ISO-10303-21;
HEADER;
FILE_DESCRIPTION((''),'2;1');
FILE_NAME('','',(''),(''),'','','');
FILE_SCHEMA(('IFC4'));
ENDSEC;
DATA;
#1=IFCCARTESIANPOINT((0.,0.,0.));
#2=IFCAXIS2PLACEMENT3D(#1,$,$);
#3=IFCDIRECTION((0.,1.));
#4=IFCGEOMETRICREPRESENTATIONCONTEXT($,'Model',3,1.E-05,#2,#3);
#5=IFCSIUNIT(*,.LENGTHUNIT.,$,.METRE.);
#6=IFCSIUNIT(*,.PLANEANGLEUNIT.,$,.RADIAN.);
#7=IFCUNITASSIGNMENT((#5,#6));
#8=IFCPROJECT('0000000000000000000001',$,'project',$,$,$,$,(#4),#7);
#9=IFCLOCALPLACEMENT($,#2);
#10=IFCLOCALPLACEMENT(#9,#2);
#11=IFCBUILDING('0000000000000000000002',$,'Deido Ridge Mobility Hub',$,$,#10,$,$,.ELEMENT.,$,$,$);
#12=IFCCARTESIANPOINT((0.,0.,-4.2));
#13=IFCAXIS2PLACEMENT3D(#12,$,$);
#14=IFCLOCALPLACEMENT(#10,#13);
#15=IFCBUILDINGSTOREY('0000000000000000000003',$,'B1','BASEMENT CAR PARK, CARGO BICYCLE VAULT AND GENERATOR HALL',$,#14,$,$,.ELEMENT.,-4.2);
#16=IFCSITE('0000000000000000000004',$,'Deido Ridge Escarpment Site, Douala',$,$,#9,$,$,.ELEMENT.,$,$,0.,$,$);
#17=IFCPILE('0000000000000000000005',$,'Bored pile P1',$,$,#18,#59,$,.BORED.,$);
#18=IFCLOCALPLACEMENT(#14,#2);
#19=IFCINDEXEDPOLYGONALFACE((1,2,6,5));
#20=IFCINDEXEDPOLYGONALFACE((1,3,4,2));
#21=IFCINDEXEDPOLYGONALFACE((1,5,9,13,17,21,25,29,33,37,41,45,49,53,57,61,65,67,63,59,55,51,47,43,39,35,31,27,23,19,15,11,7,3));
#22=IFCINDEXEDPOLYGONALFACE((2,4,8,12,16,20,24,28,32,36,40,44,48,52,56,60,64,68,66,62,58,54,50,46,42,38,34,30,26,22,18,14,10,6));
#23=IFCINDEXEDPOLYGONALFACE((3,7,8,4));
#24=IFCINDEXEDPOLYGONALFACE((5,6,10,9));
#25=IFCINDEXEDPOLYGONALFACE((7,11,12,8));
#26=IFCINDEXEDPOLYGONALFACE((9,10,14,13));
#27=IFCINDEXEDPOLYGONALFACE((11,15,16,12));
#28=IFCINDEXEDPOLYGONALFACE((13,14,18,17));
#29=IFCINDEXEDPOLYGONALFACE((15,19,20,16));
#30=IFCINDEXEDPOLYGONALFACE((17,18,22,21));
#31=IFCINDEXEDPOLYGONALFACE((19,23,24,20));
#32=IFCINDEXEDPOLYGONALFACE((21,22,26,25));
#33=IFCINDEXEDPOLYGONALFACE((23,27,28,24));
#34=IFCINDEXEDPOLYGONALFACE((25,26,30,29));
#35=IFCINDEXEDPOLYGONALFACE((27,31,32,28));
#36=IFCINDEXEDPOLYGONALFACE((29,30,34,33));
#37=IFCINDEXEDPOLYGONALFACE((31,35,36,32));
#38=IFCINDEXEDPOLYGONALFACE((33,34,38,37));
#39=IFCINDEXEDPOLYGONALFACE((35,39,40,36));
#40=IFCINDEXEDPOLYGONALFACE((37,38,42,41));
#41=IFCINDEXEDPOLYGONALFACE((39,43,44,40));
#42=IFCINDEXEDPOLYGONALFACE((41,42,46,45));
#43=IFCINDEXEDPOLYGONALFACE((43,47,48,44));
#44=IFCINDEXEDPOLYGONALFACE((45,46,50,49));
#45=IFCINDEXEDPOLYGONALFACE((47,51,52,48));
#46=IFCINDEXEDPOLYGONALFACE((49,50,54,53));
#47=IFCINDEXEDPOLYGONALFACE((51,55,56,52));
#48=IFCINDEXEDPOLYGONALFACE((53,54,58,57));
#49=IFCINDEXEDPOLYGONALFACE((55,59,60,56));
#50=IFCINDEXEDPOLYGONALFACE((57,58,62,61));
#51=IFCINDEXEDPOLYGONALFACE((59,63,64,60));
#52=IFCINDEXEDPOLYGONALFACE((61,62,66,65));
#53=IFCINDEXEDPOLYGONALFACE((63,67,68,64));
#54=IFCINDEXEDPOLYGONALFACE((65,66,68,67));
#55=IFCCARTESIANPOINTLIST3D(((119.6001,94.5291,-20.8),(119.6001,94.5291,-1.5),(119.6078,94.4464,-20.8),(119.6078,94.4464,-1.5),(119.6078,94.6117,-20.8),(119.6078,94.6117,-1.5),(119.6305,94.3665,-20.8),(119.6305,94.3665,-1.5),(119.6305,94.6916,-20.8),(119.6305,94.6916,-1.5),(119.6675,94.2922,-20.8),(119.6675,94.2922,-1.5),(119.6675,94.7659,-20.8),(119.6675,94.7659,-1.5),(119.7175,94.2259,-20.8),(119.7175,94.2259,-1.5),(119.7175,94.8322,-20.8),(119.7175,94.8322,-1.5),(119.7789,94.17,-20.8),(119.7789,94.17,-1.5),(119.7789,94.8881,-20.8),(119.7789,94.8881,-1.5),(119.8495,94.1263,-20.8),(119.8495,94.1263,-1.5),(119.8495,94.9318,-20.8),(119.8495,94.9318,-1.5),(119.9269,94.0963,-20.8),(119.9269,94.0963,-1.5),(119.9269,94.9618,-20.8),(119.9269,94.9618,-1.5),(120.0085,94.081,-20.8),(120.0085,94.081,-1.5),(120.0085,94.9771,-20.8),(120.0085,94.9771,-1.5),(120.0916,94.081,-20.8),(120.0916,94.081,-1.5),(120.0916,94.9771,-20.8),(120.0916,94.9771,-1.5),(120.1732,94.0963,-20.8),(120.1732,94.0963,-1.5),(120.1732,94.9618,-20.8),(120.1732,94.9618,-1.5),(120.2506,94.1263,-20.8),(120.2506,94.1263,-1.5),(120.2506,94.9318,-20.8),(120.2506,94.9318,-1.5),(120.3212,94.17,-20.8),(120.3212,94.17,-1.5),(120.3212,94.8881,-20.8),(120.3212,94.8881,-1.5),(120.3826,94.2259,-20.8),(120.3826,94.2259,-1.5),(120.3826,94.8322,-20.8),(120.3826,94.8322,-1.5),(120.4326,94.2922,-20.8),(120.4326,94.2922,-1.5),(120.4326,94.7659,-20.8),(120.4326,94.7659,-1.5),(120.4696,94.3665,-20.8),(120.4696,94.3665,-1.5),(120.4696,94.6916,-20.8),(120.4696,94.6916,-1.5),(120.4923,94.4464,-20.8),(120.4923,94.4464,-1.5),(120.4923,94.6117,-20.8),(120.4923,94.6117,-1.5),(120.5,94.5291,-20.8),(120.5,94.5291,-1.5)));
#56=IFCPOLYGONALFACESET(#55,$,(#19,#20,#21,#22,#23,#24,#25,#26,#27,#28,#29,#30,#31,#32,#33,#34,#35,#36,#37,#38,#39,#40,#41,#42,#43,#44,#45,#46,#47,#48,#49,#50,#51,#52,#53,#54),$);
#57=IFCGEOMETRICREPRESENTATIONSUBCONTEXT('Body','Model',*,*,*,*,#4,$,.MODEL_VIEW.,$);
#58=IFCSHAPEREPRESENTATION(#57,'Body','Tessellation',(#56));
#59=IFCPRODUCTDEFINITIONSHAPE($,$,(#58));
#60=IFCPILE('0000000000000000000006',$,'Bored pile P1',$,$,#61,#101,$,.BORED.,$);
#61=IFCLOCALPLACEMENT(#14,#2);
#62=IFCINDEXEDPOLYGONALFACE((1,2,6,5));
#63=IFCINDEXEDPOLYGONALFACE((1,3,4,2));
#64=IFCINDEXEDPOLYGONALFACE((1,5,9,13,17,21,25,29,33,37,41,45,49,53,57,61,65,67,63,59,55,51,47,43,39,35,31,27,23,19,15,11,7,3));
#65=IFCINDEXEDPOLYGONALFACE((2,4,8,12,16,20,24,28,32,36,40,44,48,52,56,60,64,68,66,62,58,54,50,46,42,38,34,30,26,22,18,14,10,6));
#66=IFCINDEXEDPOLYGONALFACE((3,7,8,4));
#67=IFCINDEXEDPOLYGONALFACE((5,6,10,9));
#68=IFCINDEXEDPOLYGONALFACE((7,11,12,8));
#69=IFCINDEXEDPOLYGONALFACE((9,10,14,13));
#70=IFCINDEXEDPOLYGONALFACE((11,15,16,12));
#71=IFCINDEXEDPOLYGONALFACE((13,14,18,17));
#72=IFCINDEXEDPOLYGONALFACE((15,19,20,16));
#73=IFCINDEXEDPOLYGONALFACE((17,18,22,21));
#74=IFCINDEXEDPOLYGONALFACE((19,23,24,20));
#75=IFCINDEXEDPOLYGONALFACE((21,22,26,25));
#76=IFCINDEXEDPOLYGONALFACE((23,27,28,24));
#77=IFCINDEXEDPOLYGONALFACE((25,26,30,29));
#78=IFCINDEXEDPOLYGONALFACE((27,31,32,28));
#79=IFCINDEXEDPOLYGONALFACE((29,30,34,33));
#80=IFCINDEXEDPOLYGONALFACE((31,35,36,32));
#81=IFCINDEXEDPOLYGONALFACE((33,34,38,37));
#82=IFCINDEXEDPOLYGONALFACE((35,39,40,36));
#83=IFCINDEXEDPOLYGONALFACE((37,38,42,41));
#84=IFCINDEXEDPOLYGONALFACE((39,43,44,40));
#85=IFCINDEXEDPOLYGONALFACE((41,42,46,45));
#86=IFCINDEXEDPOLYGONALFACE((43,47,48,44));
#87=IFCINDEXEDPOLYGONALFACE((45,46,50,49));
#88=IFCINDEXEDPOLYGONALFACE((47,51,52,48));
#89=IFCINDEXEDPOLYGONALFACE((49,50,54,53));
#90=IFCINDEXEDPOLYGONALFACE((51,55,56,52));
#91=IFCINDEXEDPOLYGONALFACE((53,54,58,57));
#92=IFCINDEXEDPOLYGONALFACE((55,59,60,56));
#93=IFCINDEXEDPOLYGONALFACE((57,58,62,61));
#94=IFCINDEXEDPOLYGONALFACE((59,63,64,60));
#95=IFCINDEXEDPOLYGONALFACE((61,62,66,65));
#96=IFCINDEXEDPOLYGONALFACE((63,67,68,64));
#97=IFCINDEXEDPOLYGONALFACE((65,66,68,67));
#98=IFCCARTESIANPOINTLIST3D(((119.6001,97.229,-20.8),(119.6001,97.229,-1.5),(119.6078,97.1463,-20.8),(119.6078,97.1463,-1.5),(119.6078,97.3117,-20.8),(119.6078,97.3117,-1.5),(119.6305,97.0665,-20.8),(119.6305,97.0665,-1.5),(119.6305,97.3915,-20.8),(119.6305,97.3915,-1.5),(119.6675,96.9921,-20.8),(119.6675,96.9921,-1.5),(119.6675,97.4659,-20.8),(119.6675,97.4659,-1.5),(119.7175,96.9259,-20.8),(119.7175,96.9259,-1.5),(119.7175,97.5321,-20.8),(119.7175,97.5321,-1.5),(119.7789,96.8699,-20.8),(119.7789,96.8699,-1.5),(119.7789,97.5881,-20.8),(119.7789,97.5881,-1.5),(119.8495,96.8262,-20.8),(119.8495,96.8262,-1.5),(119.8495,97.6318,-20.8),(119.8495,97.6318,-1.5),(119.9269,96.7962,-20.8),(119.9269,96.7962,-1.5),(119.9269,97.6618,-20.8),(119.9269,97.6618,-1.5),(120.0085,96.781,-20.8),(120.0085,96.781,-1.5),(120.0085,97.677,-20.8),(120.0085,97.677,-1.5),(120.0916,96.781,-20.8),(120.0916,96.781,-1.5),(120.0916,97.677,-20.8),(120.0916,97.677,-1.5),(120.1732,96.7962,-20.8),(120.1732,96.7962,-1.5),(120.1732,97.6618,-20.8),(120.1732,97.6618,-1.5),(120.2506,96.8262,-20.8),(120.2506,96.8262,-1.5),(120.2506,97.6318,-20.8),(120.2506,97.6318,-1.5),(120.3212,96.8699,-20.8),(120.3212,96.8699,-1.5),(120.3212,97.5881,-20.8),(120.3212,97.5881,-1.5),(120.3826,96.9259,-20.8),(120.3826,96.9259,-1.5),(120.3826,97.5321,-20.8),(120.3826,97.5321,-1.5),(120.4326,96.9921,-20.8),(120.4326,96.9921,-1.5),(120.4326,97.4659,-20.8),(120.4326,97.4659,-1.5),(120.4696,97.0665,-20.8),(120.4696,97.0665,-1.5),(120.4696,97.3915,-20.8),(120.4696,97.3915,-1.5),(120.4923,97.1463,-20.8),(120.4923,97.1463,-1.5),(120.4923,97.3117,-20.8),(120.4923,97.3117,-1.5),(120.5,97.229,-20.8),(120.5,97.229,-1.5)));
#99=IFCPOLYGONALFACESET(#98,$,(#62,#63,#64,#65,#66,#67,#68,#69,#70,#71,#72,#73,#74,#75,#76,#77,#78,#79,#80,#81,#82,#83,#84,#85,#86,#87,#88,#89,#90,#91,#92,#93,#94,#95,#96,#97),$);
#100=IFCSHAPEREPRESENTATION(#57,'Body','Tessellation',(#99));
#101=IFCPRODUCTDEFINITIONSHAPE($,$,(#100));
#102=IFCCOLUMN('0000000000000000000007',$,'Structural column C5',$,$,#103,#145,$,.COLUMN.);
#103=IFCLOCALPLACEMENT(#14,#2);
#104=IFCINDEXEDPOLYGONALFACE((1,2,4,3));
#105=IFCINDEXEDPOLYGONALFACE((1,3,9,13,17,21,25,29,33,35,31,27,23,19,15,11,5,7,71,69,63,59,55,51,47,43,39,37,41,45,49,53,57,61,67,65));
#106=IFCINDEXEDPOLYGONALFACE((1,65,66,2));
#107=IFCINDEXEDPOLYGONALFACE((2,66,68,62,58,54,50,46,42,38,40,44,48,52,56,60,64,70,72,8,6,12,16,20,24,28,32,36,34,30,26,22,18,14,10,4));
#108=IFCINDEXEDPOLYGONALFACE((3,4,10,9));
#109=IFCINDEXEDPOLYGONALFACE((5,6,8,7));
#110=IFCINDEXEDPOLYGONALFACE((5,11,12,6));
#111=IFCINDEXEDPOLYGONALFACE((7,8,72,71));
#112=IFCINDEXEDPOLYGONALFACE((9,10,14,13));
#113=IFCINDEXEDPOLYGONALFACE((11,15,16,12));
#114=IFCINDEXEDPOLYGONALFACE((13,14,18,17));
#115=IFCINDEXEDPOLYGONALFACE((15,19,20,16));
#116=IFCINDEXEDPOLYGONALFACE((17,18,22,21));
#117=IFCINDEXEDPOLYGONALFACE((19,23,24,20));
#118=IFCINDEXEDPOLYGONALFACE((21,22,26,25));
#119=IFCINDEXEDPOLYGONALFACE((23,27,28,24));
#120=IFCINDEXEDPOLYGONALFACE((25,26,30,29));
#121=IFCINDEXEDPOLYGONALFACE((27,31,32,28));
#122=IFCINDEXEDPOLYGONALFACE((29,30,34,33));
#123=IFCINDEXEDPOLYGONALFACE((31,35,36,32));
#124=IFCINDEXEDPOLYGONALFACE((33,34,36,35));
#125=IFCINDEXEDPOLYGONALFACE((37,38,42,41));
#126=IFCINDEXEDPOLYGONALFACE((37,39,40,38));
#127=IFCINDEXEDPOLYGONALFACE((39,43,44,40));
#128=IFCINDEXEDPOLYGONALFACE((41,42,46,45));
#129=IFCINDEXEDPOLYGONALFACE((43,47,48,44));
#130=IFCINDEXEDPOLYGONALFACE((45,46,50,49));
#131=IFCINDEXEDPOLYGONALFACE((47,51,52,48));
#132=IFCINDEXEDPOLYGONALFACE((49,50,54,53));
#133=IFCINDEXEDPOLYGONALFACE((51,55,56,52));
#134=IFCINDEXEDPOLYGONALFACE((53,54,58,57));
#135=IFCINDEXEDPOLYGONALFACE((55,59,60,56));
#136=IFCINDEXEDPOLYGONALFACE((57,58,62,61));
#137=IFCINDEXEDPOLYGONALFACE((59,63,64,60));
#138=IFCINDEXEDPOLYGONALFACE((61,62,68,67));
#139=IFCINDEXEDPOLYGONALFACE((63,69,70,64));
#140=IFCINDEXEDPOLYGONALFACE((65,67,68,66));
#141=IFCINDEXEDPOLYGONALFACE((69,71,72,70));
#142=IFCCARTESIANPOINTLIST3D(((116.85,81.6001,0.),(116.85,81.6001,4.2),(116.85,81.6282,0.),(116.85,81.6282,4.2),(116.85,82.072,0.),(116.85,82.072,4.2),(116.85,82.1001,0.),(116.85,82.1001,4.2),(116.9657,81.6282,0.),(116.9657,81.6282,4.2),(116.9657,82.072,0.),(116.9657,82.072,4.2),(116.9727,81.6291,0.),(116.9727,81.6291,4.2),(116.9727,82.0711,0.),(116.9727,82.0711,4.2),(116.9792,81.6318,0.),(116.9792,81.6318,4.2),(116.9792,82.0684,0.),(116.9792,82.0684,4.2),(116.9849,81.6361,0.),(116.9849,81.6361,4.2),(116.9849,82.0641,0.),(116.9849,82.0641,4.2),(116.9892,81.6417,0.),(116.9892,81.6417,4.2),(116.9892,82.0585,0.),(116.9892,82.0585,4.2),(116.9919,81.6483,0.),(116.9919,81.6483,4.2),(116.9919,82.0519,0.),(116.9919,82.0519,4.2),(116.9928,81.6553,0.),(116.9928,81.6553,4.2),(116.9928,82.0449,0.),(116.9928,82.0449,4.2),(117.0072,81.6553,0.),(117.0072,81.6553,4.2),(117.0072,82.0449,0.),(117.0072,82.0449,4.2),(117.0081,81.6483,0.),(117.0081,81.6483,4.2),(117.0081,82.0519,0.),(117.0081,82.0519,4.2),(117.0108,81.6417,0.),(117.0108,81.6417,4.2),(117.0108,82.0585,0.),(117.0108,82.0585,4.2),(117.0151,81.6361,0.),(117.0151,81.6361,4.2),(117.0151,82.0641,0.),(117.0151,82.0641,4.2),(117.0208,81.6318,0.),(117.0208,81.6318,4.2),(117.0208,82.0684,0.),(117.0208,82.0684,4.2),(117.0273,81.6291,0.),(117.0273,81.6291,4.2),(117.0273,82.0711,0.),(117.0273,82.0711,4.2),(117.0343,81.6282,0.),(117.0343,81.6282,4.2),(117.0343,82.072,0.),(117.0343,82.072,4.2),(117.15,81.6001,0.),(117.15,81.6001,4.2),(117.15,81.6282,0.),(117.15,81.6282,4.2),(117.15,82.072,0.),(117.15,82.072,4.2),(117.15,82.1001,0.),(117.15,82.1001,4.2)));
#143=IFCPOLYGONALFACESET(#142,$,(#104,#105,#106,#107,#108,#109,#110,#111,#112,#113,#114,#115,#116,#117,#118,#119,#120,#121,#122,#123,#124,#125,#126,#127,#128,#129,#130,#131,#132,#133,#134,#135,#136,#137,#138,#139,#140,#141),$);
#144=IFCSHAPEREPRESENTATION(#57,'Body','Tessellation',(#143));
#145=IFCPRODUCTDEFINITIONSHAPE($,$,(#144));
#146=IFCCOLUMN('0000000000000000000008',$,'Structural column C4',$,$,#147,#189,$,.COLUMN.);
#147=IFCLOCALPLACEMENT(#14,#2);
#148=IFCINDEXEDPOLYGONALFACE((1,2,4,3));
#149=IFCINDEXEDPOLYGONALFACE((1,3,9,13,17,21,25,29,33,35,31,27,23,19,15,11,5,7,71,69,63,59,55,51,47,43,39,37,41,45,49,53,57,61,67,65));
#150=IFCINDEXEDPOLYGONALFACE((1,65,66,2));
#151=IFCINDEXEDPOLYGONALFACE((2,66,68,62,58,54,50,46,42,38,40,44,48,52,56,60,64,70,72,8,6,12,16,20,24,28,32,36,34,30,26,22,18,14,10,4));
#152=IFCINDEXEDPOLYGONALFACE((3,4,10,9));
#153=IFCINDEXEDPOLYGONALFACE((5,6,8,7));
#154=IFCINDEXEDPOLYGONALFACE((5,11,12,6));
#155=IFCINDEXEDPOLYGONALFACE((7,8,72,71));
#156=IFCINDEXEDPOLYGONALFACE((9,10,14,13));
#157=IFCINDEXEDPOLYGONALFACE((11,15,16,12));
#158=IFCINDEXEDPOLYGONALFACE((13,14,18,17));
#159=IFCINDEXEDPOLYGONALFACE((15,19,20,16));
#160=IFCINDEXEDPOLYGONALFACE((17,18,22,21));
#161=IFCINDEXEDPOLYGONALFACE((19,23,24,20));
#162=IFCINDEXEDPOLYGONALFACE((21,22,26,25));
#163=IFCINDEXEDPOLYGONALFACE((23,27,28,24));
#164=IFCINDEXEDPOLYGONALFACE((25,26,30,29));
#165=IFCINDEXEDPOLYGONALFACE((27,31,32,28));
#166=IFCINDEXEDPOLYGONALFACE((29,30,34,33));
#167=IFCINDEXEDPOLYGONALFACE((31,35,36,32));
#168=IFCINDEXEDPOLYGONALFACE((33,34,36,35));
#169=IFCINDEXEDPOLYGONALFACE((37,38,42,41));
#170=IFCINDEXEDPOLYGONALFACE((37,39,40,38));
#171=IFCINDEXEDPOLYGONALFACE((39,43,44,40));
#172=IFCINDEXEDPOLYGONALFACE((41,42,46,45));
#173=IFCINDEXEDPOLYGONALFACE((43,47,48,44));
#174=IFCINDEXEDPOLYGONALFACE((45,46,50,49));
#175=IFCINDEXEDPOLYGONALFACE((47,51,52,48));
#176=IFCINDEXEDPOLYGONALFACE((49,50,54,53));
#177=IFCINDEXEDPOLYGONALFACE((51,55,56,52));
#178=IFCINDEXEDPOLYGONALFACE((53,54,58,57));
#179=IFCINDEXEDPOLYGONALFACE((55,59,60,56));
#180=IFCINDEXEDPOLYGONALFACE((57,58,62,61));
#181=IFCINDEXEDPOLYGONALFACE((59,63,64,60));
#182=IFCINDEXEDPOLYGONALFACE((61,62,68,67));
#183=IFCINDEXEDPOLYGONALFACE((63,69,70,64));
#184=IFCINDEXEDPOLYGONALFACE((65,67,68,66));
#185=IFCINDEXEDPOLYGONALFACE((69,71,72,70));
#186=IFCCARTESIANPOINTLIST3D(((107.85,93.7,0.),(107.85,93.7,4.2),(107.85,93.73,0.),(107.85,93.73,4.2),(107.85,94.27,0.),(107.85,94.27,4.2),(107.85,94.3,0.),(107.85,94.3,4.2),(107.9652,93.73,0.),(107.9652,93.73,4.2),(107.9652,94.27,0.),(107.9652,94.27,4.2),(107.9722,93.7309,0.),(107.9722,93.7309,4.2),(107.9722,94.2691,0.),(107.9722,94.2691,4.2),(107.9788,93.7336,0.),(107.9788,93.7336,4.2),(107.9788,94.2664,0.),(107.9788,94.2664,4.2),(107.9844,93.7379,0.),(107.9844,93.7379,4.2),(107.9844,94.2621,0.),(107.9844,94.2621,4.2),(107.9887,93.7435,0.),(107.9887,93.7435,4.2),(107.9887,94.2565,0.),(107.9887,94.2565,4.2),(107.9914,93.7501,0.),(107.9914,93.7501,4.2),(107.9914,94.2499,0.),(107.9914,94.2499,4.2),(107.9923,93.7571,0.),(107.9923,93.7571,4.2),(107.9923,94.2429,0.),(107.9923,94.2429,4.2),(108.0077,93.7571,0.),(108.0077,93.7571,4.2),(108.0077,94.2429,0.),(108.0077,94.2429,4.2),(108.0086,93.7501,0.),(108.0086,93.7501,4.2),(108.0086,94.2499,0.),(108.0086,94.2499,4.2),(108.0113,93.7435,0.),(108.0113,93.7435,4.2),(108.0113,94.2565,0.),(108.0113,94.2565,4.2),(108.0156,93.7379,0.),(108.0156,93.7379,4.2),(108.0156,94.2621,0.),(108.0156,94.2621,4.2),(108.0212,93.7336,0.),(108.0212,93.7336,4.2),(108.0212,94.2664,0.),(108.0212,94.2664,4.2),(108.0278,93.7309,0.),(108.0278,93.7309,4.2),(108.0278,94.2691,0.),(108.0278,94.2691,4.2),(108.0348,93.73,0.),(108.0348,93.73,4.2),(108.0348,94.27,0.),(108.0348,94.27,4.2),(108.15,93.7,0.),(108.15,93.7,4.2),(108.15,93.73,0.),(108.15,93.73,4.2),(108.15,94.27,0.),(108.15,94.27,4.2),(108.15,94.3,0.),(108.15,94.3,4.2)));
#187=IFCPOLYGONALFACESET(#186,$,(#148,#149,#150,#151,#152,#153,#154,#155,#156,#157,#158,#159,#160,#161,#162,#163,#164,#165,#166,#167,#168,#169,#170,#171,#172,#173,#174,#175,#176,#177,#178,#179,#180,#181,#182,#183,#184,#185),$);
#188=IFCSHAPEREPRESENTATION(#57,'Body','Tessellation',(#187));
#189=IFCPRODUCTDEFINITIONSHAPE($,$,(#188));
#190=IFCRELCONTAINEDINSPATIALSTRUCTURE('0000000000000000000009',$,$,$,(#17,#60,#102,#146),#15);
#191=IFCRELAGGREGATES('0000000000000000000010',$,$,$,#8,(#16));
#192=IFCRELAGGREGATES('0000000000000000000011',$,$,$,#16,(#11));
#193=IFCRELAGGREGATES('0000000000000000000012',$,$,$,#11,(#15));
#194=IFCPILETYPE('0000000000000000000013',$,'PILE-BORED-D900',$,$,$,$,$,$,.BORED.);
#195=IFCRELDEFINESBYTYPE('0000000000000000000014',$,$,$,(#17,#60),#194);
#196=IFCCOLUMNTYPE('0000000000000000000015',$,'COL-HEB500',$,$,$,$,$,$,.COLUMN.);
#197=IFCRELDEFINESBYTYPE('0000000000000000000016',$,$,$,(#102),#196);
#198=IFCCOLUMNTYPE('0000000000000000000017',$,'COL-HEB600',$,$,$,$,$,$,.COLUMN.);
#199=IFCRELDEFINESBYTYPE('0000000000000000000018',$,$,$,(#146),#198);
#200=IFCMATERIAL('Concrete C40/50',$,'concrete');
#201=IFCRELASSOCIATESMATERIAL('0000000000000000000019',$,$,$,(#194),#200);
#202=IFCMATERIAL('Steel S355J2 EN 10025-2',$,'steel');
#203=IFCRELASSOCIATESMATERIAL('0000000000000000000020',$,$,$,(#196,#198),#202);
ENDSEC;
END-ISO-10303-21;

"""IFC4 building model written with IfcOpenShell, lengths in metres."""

from ifc_helpers import new_model, si_unit, direction, frame, origin, origin_2d, place, context, subcontext, project, spatial, circle, i_section, extrude, material, material_profile, profile_set, type_object, element, save


model = new_model("IFC4")

# Units and contexts
model_context = context("Model", 3, precision=1e-05, world=origin(), true_north=direction((0.0, 1.0)))
body_context = subcontext(model_context, "Body", "Model", "MODEL_VIEW")
ifc_project = project(units=[si_unit("LENGTHUNIT", "METRE"), si_unit("PLANEANGLEUNIT", "RADIAN")], contexts=[model_context])

# Site, building, storey
site_placement = place(None, origin())
site = spatial("IfcSite", under=ifc_project, at=site_placement, Name="Deido Ridge Escarpment Site, Douala", CompositionType="ELEMENT", RefElevation=0.0)
building_placement = place(site_placement, origin())
building = spatial("IfcBuilding", under=site, at=building_placement, Name="Deido Ridge Mobility Hub", CompositionType="ELEMENT")
storey_placement = place(building_placement, frame((0.0, 0.0, -4.2)))
storey = spatial("IfcBuildingStorey", under=building, at=storey_placement, Name="B1", Description="BASEMENT CAR PARK, CARGO BICYCLE VAULT AND GENERATOR HALL", CompositionType="ELEMENT", Elevation=-4.2)

# Shared definitions
ifc_material_1 = material(Name="Concrete C40/50", Category="concrete")

# Piles
ifc_material_profile_1 = material_profile(ifc_material_1, circle(Radius=0.45, at=origin_2d()), Name="BORED PILE D900")
ifc_profile_set_1 = profile_set([ifc_material_profile_1], Name="Concrete C40/50")
pile_type_1 = type_object("IfcPileType", Name="PILE-BORED-D900", PredefinedType="BORED", material=ifc_profile_set_1)
for number, where, z_axis, x_axis, name in (
    (1, (120.05, 94.5291, -1.5), (0.0, 0.0, -1.0), (1.0, 0.0, 0.0), "Bored pile P1"),
    (2, (120.05, 97.229, -1.5), (0.0, 0.0, -1.0), (1.0, 0.0, 0.0), "Bored pile P1"),
):
    element("IfcPile", number, at=place(storey_placement, frame(where, z_axis=z_axis, x_axis=x_axis)), inside=storey, type_object=pile_type_1, Name=name, PredefinedType="BORED", context=body_context, shape_type="SweptSolid", body=[
        extrude(circle(Radius=0.45, at=origin_2d()), origin(), (0.0, 0.0, 1.0), 19.3),
    ])

# Columns
ifc_material_2 = material(Name="Steel S355J2 EN 10025-2", Category="steel")
ifc_material_profile_2 = material_profile(ifc_material_2, i_section(OverallWidth=0.3, OverallDepth=0.5, WebThickness=0.0144, FlangeThickness=0.0281, FilletRadius=0.0271, at=origin_2d()), Name="HEB 500")
ifc_profile_set_2 = profile_set([ifc_material_profile_2], Name="Steel S355J2 EN 10025-2")
column_type_1 = type_object("IfcColumnType", Name="COL-HEB500", PredefinedType="COLUMN", material=ifc_profile_set_2)
column_placement = place(storey_placement, frame((117.0, 81.8501, 0.0), z_axis=(0.0, 0.0, 1.0), x_axis=(1.0, 0.0, 0.0)))
element("IfcColumn", 3, at=column_placement, inside=storey, type_object=column_type_1, Name="Structural column C5", PredefinedType="COLUMN", context=body_context, shape_type="SweptSolid", body=[
    extrude(i_section(OverallWidth=0.3, OverallDepth=0.5, WebThickness=0.0144, FlangeThickness=0.0281, FilletRadius=0.0271, at=origin_2d()), origin(), (0.0, 0.0, 1.0), 4.2),
])
ifc_material_profile_3 = material_profile(ifc_material_2, i_section(OverallWidth=0.3, OverallDepth=0.6001, WebThickness=0.0154, FlangeThickness=0.03, FilletRadius=0.0271, at=origin_2d()), Name="HEB 600")
ifc_profile_set_3 = profile_set([ifc_material_profile_3], Name="Steel S355J2 EN 10025-2")
column_type_2 = type_object("IfcColumnType", Name="COL-HEB600", PredefinedType="COLUMN", material=ifc_profile_set_3)
for number, where, z_axis, x_axis, name in (
    (4, (108.0, 94.0, 0.0), (0.0, 0.0, 1.0), (1.0, 0.0, 0.0), "Structural column C4"),
):
    element("IfcColumn", number, at=place(storey_placement, frame(where, z_axis=z_axis, x_axis=x_axis)), inside=storey, type_object=column_type_2, Name=name, PredefinedType="COLUMN", context=body_context, shape_type="SweptSolid", body=[
        extrude(i_section(OverallWidth=0.3, OverallDepth=0.6001, WebThickness=0.0154, FlangeThickness=0.03, FilletRadius=0.0271, at=origin_2d()), origin(), (0.0, 0.0, 1.0), 4.2),
    ])

save(model, "model.ifc")
